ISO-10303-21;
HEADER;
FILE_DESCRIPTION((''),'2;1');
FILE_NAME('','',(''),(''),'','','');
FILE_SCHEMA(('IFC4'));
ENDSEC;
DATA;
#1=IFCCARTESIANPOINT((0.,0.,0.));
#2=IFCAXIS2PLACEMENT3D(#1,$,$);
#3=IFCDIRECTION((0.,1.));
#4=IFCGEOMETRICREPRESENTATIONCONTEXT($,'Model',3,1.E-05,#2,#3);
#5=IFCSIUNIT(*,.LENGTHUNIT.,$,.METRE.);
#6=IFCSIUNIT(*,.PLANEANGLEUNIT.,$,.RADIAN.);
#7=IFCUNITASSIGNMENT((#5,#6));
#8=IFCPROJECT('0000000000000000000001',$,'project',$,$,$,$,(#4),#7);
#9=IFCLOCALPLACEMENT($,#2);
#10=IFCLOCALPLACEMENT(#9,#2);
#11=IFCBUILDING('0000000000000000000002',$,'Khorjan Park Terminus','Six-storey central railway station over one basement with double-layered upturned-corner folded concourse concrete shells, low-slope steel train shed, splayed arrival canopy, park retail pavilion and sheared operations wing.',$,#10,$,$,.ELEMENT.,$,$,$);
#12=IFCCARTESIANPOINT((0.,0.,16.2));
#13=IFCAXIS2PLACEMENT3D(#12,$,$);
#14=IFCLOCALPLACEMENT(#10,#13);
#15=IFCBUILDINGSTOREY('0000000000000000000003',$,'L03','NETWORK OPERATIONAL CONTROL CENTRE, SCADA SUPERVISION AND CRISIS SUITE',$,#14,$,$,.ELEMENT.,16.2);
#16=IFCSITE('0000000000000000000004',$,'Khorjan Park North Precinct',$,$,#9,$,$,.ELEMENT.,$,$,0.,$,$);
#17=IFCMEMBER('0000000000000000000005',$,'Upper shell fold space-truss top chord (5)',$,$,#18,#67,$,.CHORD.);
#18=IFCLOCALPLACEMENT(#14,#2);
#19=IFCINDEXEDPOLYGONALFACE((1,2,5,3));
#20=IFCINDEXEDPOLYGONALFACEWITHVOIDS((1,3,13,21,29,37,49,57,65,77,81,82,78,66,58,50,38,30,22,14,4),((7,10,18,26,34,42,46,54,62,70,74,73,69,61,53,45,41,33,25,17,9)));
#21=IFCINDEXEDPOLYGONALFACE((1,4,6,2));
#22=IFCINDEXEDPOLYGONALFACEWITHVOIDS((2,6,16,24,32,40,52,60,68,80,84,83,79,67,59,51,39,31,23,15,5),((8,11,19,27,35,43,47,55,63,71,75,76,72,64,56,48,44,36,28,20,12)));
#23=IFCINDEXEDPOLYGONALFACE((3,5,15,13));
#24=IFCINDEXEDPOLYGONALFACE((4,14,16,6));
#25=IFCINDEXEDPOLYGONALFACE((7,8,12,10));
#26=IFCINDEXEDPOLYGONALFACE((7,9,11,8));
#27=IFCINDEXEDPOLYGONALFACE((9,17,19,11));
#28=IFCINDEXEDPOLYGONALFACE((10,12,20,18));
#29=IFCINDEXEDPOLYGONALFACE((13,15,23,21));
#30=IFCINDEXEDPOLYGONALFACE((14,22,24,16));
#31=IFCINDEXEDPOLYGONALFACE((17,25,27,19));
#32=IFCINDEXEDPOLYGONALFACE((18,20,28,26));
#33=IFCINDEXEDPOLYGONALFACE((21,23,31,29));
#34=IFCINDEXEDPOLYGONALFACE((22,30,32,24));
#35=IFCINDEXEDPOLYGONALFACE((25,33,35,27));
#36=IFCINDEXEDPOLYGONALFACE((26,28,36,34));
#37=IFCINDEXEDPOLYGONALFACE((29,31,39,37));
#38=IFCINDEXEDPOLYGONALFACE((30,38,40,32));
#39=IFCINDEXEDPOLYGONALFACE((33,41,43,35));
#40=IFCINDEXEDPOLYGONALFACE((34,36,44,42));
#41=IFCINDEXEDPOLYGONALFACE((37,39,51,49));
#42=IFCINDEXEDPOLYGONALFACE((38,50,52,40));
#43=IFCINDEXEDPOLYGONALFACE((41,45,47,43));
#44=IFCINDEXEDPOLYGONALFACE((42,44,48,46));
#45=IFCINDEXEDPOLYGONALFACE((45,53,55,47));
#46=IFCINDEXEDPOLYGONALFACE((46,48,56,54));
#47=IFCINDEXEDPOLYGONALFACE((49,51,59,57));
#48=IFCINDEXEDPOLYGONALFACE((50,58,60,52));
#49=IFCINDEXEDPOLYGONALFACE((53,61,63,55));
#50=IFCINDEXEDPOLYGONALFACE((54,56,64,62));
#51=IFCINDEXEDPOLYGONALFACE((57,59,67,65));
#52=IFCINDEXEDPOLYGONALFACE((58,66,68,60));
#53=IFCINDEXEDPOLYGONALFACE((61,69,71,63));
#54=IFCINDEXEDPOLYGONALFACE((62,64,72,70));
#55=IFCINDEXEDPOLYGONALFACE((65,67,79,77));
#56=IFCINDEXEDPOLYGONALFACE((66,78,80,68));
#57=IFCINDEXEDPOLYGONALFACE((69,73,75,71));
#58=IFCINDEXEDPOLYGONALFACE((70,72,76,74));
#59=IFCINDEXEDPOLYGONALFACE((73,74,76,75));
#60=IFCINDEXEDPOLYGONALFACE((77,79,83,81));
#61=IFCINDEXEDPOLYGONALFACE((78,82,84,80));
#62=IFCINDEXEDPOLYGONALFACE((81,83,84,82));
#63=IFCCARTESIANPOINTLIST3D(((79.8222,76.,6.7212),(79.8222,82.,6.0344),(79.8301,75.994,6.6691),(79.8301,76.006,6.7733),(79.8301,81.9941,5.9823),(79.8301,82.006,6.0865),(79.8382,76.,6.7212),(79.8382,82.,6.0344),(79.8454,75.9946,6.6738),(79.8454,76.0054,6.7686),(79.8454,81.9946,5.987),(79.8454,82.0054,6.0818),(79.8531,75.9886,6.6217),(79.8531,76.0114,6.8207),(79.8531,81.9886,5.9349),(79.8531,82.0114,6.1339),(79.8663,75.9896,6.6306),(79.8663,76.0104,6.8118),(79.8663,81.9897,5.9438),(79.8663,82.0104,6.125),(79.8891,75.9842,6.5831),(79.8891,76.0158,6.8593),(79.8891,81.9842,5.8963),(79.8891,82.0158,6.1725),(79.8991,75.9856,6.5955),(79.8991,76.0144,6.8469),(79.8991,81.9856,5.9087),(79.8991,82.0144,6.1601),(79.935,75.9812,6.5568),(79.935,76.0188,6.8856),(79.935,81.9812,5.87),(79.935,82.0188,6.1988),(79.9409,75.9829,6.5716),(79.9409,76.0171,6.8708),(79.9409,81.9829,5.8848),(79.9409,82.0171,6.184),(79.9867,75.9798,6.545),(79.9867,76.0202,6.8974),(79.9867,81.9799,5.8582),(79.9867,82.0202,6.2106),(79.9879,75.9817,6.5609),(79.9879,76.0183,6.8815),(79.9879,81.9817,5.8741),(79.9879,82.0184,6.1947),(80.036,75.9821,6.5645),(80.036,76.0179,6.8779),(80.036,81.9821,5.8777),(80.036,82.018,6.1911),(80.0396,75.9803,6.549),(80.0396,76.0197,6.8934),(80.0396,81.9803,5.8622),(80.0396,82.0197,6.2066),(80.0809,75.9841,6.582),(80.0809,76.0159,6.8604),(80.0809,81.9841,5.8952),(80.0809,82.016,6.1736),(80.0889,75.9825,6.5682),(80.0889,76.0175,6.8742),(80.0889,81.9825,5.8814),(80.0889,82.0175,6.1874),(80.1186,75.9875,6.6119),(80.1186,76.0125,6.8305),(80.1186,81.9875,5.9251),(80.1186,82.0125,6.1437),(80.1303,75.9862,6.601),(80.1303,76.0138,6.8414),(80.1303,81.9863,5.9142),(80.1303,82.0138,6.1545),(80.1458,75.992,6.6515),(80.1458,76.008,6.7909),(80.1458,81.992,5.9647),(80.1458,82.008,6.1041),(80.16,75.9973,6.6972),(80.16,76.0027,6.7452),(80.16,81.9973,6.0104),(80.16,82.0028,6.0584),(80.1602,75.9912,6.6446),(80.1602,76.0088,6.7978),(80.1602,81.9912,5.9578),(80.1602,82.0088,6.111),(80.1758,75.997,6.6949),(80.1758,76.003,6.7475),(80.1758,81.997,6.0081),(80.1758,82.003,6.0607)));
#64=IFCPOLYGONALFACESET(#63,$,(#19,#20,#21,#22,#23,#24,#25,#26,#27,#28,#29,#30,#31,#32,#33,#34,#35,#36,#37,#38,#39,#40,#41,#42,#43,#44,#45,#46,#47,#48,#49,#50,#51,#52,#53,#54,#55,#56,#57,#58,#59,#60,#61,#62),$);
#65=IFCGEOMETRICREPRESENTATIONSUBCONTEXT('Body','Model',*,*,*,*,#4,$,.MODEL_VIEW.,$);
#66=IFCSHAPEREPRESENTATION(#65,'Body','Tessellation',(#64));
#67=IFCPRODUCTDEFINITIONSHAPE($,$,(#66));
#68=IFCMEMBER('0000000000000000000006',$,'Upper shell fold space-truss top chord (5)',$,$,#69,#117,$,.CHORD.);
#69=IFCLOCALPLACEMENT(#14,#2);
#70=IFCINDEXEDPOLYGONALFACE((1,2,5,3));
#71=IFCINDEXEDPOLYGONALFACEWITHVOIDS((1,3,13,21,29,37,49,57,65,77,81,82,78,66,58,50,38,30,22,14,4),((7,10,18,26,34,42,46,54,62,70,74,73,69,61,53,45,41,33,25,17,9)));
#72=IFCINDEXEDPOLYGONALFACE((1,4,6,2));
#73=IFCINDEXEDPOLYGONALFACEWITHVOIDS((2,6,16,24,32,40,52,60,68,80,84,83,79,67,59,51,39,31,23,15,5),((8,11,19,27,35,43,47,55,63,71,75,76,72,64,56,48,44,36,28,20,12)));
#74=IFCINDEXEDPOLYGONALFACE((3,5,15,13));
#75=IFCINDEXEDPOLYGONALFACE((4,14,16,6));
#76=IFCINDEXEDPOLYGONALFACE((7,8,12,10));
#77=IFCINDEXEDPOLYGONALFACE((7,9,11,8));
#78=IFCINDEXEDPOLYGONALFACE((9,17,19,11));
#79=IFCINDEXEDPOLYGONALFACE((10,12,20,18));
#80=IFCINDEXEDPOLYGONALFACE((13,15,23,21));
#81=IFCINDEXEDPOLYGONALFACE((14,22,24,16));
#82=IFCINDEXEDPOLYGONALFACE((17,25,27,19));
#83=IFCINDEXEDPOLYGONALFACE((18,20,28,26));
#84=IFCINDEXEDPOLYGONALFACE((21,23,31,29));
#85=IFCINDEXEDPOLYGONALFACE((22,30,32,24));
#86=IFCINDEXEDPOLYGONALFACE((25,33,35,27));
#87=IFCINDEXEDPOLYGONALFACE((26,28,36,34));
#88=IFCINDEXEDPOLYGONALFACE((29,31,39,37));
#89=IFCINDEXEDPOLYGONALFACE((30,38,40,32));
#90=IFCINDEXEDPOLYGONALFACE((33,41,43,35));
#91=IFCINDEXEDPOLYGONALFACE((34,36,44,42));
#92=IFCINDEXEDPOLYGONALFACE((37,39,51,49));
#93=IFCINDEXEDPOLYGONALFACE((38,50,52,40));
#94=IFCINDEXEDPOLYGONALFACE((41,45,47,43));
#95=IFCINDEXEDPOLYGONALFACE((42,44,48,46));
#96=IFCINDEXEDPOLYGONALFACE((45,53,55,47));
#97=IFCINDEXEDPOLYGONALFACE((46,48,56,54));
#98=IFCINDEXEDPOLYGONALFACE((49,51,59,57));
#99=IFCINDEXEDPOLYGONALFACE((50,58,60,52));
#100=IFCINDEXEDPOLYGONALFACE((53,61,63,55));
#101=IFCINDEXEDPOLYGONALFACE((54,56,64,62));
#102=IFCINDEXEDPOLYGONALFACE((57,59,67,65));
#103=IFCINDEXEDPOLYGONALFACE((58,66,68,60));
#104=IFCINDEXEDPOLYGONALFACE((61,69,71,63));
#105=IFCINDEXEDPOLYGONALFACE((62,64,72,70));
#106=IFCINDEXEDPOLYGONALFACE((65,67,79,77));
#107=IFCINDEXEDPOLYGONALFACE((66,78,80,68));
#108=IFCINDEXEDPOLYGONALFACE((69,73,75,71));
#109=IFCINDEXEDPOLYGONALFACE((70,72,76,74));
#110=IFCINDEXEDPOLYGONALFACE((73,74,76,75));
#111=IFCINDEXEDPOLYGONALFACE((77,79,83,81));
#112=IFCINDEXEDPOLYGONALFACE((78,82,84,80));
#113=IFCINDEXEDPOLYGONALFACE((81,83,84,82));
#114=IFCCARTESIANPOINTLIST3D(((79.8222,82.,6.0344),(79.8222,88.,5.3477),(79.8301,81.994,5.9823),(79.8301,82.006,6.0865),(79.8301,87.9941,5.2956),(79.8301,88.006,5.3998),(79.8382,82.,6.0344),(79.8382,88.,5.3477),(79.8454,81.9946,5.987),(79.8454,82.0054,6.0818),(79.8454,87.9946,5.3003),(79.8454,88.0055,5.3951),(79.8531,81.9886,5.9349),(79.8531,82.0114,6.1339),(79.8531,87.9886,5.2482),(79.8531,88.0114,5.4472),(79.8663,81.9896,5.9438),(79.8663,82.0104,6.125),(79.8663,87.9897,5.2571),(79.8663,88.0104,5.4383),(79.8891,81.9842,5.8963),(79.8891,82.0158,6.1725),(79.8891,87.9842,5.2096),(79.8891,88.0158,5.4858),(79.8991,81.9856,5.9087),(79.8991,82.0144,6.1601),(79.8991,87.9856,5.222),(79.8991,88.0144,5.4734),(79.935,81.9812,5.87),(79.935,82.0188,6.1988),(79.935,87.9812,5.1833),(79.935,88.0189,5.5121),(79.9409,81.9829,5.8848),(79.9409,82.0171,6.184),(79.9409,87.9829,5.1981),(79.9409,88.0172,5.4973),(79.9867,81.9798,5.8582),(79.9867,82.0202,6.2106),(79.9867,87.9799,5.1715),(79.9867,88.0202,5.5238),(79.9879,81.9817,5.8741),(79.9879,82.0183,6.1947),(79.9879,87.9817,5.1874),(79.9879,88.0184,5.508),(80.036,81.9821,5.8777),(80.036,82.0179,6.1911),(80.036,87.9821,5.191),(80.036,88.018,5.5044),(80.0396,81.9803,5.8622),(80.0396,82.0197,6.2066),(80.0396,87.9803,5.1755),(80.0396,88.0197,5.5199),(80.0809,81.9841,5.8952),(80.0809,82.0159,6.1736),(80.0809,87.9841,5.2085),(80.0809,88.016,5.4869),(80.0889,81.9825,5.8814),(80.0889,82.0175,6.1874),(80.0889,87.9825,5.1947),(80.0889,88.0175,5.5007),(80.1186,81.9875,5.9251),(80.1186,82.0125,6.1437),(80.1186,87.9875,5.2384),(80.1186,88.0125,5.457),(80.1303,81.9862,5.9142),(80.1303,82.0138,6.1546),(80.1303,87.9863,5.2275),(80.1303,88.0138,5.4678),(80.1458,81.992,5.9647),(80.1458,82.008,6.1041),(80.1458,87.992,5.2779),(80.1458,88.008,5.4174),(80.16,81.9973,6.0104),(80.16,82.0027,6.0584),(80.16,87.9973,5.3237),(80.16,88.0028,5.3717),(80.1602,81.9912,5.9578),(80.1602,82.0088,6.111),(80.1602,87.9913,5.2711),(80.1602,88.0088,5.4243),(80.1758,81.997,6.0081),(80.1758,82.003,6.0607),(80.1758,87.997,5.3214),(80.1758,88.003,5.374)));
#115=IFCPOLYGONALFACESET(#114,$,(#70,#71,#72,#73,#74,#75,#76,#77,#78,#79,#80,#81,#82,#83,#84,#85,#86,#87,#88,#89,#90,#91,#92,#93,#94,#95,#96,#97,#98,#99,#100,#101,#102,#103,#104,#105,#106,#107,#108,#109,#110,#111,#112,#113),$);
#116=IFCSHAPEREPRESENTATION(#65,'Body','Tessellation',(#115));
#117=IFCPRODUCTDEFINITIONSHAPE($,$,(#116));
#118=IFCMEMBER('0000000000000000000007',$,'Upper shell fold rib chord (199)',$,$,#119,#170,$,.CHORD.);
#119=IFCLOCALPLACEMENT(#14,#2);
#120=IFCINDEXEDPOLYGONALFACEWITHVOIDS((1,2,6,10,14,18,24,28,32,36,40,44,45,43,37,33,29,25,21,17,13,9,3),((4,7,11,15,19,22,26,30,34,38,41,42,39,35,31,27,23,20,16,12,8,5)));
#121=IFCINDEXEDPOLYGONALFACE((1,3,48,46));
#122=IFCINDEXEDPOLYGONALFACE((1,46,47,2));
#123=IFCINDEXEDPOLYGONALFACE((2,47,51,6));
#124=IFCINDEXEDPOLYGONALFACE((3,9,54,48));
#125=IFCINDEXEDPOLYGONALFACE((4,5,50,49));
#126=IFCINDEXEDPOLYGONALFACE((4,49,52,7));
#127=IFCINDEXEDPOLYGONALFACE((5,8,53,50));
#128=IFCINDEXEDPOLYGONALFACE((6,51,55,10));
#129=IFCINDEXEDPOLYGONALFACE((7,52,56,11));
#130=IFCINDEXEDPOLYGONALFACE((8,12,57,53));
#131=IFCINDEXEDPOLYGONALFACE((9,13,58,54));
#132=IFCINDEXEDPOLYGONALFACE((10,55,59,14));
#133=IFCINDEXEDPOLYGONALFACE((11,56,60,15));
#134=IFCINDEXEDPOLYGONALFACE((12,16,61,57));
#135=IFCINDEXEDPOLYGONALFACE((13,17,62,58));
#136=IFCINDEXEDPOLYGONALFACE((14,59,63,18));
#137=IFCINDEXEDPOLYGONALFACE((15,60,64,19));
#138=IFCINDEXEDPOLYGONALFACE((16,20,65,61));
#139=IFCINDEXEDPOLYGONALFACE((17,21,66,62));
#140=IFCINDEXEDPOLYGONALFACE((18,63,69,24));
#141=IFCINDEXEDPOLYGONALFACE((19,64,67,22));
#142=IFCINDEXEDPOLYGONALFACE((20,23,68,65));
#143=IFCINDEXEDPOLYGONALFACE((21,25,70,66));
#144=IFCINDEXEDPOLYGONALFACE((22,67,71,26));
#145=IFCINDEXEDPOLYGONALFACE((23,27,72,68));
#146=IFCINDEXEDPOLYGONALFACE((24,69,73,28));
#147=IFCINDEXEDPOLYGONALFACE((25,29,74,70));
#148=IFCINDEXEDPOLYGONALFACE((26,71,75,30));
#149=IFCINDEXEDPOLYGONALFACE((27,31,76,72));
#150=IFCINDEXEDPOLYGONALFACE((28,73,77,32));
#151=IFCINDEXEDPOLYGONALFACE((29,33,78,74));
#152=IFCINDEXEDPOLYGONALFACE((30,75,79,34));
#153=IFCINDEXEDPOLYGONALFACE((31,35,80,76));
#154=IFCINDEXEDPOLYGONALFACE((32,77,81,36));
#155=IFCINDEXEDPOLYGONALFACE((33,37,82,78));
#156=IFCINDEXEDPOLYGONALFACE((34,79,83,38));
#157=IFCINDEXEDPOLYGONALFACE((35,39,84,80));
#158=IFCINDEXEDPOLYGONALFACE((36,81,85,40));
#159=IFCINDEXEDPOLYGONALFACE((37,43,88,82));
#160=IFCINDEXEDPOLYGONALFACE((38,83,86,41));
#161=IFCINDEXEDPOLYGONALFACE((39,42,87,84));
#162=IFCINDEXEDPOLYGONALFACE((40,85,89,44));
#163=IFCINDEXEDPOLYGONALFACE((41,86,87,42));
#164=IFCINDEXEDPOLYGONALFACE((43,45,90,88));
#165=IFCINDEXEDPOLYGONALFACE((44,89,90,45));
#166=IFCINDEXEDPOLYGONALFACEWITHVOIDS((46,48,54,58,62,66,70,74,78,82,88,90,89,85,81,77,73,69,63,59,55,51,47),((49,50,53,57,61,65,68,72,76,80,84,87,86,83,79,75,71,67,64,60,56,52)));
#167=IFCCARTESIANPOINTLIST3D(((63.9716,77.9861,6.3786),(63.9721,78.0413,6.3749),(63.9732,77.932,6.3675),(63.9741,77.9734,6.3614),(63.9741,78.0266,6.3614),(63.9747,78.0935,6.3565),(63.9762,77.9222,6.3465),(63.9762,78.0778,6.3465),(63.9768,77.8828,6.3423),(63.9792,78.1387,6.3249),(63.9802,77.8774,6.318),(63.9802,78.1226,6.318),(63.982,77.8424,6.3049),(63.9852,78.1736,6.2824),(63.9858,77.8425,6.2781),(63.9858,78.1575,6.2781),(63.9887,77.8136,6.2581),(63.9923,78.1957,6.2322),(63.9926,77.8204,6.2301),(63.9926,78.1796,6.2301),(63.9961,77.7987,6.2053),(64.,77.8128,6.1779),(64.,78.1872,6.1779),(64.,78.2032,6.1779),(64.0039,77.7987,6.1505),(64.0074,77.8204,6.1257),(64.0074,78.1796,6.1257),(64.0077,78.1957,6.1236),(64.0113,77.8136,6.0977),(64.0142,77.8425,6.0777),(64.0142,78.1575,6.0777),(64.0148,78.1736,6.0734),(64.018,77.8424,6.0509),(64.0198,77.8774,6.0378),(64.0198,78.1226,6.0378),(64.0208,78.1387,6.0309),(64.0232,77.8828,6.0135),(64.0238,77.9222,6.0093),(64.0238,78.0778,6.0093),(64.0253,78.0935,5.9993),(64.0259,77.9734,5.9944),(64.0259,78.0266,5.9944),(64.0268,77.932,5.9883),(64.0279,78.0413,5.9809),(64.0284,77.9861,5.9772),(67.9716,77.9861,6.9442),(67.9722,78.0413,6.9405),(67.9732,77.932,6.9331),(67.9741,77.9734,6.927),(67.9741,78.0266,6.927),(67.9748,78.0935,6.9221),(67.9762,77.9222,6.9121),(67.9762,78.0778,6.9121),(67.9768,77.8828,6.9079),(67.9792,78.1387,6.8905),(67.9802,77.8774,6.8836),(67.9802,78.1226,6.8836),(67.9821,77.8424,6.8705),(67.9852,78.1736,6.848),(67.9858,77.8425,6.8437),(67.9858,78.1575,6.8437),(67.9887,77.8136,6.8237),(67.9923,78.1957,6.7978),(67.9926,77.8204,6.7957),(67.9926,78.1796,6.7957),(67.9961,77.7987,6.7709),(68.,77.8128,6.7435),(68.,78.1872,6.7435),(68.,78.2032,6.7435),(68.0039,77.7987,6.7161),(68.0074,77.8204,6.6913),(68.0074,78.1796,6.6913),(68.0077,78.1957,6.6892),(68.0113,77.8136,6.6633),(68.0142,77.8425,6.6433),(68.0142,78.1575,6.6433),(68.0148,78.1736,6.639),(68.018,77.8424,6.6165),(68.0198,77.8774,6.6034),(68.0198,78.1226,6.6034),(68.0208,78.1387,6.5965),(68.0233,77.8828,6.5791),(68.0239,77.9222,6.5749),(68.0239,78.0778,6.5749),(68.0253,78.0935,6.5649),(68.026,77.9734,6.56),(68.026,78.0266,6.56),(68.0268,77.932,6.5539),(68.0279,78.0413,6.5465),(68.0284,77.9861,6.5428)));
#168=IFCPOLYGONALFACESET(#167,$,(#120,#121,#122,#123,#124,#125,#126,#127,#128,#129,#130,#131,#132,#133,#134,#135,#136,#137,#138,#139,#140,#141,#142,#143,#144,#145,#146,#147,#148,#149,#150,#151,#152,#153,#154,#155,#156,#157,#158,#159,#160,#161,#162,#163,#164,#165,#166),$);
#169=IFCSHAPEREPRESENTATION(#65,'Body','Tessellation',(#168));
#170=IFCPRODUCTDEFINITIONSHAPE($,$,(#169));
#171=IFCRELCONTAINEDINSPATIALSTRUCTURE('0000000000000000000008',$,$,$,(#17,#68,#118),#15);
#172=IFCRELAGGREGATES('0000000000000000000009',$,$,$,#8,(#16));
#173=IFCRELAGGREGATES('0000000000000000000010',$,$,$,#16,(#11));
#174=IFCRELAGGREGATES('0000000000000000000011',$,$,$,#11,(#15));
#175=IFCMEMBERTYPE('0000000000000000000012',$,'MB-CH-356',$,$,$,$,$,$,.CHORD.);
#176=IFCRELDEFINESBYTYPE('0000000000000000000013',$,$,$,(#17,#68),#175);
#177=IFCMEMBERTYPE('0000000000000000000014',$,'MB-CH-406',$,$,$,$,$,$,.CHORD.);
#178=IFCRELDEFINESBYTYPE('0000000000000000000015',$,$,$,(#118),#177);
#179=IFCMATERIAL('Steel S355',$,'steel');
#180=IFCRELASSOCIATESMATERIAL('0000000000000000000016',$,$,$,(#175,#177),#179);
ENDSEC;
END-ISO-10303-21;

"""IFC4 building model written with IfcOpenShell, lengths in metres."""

from ifc_helpers import new_model, si_unit, direction, frame, origin, origin_2d, place, context, subcontext, project, spatial, hollow_circle, extrude, material, material_profile, profile_set, type_object, element, save


model = new_model("IFC4")

# Units and contexts
model_context = context("Model", 3, precision=1e-05, world=origin(), true_north=direction((0.0, 1.0)))
body_context = subcontext(model_context, "Body", "Model", "MODEL_VIEW")
ifc_project = project(units=[si_unit("LENGTHUNIT", "METRE"), si_unit("PLANEANGLEUNIT", "RADIAN")], contexts=[model_context])

# Site, building, storey
site_placement = place(None, origin())
site = spatial("IfcSite", under=ifc_project, at=site_placement, Name="Khorjan Park North Precinct", CompositionType="ELEMENT", RefElevation=0.0)
building_placement = place(site_placement, origin())
building = spatial("IfcBuilding", under=site, at=building_placement, Name="Khorjan Park Terminus", Description="Six-storey central railway station over one basement with double-layered upturned-corner folded concourse concrete shells, low-slope steel train shed, splayed arrival canopy, park retail pavilion and sheared operations wing.", CompositionType="ELEMENT")
storey_placement = place(building_placement, frame((0.0, 0.0, 16.2)))
storey = spatial("IfcBuildingStorey", under=building, at=storey_placement, Name="L03", Description="NETWORK OPERATIONAL CONTROL CENTRE, SCADA SUPERVISION AND CRISIS SUITE", CompositionType="ELEMENT", Elevation=16.2)

# Members
ifc_material_1 = material(Name="Steel S355", Category="steel")
ifc_material_profile_1 = material_profile(ifc_material_1, hollow_circle(Radius=0.1778, WallThickness=0.016, at=origin_2d()), Name="CHS 355.6x16")
ifc_profile_set_1 = profile_set([ifc_material_profile_1], Name="Steel S355")
member_type_1 = type_object("IfcMemberType", Name="MB-CH-356", PredefinedType="CHORD", material=ifc_profile_set_1)
for number, where, z_axis, x_axis, name in (
    (1, (80.0, 76.0, 6.7212), (0.0, 0.993512, -0.113724), (-1.0, 0.0, 0.0), "Upper shell fold space-truss top chord (5)"),
    (2, (80.0, 82.0, 6.0344), (0.0, 0.993514, -0.113708), (-1.0, 0.0, 0.0), "Upper shell fold space-truss top chord (5)"),
):
    element("IfcMember", number, at=place(storey_placement, frame(where, z_axis=z_axis, x_axis=x_axis)), inside=storey, type_object=member_type_1, Name=name, PredefinedType="CHORD", context=body_context, shape_type="SweptSolid", body=[
        extrude(hollow_circle(Radius=0.1778, WallThickness=0.016, at=origin_2d()), origin(), (0.0, 0.0, 1.0), 6.0392),
    ])
ifc_material_profile_2 = material_profile(ifc_material_1, hollow_circle(Radius=0.2032, WallThickness=0.016, at=origin_2d()), Name="CHS 406.4x16")
ifc_profile_set_2 = profile_set([ifc_material_profile_2], Name="Steel S355")
member_type_2 = type_object("IfcMemberType", Name="MB-CH-406", PredefinedType="CHORD", material=ifc_profile_set_2)
member_1_placement = place(storey_placement, frame((64.0, 78.0, 6.1779), z_axis=(0.99015, 0.0, 0.140007), x_axis=(0.0, 1.0, 0.0)))
element("IfcMember", 3, at=member_1_placement, inside=storey, type_object=member_type_2, Name="Upper shell fold rib chord (199)", PredefinedType="CHORD", context=body_context, shape_type="SweptSolid", body=[
    extrude(hollow_circle(Radius=0.2032, WallThickness=0.016, at=origin_2d()), origin(), (0.0, 0.0, 1.0), 4.0398),
])

save(model, "model.ifc")
